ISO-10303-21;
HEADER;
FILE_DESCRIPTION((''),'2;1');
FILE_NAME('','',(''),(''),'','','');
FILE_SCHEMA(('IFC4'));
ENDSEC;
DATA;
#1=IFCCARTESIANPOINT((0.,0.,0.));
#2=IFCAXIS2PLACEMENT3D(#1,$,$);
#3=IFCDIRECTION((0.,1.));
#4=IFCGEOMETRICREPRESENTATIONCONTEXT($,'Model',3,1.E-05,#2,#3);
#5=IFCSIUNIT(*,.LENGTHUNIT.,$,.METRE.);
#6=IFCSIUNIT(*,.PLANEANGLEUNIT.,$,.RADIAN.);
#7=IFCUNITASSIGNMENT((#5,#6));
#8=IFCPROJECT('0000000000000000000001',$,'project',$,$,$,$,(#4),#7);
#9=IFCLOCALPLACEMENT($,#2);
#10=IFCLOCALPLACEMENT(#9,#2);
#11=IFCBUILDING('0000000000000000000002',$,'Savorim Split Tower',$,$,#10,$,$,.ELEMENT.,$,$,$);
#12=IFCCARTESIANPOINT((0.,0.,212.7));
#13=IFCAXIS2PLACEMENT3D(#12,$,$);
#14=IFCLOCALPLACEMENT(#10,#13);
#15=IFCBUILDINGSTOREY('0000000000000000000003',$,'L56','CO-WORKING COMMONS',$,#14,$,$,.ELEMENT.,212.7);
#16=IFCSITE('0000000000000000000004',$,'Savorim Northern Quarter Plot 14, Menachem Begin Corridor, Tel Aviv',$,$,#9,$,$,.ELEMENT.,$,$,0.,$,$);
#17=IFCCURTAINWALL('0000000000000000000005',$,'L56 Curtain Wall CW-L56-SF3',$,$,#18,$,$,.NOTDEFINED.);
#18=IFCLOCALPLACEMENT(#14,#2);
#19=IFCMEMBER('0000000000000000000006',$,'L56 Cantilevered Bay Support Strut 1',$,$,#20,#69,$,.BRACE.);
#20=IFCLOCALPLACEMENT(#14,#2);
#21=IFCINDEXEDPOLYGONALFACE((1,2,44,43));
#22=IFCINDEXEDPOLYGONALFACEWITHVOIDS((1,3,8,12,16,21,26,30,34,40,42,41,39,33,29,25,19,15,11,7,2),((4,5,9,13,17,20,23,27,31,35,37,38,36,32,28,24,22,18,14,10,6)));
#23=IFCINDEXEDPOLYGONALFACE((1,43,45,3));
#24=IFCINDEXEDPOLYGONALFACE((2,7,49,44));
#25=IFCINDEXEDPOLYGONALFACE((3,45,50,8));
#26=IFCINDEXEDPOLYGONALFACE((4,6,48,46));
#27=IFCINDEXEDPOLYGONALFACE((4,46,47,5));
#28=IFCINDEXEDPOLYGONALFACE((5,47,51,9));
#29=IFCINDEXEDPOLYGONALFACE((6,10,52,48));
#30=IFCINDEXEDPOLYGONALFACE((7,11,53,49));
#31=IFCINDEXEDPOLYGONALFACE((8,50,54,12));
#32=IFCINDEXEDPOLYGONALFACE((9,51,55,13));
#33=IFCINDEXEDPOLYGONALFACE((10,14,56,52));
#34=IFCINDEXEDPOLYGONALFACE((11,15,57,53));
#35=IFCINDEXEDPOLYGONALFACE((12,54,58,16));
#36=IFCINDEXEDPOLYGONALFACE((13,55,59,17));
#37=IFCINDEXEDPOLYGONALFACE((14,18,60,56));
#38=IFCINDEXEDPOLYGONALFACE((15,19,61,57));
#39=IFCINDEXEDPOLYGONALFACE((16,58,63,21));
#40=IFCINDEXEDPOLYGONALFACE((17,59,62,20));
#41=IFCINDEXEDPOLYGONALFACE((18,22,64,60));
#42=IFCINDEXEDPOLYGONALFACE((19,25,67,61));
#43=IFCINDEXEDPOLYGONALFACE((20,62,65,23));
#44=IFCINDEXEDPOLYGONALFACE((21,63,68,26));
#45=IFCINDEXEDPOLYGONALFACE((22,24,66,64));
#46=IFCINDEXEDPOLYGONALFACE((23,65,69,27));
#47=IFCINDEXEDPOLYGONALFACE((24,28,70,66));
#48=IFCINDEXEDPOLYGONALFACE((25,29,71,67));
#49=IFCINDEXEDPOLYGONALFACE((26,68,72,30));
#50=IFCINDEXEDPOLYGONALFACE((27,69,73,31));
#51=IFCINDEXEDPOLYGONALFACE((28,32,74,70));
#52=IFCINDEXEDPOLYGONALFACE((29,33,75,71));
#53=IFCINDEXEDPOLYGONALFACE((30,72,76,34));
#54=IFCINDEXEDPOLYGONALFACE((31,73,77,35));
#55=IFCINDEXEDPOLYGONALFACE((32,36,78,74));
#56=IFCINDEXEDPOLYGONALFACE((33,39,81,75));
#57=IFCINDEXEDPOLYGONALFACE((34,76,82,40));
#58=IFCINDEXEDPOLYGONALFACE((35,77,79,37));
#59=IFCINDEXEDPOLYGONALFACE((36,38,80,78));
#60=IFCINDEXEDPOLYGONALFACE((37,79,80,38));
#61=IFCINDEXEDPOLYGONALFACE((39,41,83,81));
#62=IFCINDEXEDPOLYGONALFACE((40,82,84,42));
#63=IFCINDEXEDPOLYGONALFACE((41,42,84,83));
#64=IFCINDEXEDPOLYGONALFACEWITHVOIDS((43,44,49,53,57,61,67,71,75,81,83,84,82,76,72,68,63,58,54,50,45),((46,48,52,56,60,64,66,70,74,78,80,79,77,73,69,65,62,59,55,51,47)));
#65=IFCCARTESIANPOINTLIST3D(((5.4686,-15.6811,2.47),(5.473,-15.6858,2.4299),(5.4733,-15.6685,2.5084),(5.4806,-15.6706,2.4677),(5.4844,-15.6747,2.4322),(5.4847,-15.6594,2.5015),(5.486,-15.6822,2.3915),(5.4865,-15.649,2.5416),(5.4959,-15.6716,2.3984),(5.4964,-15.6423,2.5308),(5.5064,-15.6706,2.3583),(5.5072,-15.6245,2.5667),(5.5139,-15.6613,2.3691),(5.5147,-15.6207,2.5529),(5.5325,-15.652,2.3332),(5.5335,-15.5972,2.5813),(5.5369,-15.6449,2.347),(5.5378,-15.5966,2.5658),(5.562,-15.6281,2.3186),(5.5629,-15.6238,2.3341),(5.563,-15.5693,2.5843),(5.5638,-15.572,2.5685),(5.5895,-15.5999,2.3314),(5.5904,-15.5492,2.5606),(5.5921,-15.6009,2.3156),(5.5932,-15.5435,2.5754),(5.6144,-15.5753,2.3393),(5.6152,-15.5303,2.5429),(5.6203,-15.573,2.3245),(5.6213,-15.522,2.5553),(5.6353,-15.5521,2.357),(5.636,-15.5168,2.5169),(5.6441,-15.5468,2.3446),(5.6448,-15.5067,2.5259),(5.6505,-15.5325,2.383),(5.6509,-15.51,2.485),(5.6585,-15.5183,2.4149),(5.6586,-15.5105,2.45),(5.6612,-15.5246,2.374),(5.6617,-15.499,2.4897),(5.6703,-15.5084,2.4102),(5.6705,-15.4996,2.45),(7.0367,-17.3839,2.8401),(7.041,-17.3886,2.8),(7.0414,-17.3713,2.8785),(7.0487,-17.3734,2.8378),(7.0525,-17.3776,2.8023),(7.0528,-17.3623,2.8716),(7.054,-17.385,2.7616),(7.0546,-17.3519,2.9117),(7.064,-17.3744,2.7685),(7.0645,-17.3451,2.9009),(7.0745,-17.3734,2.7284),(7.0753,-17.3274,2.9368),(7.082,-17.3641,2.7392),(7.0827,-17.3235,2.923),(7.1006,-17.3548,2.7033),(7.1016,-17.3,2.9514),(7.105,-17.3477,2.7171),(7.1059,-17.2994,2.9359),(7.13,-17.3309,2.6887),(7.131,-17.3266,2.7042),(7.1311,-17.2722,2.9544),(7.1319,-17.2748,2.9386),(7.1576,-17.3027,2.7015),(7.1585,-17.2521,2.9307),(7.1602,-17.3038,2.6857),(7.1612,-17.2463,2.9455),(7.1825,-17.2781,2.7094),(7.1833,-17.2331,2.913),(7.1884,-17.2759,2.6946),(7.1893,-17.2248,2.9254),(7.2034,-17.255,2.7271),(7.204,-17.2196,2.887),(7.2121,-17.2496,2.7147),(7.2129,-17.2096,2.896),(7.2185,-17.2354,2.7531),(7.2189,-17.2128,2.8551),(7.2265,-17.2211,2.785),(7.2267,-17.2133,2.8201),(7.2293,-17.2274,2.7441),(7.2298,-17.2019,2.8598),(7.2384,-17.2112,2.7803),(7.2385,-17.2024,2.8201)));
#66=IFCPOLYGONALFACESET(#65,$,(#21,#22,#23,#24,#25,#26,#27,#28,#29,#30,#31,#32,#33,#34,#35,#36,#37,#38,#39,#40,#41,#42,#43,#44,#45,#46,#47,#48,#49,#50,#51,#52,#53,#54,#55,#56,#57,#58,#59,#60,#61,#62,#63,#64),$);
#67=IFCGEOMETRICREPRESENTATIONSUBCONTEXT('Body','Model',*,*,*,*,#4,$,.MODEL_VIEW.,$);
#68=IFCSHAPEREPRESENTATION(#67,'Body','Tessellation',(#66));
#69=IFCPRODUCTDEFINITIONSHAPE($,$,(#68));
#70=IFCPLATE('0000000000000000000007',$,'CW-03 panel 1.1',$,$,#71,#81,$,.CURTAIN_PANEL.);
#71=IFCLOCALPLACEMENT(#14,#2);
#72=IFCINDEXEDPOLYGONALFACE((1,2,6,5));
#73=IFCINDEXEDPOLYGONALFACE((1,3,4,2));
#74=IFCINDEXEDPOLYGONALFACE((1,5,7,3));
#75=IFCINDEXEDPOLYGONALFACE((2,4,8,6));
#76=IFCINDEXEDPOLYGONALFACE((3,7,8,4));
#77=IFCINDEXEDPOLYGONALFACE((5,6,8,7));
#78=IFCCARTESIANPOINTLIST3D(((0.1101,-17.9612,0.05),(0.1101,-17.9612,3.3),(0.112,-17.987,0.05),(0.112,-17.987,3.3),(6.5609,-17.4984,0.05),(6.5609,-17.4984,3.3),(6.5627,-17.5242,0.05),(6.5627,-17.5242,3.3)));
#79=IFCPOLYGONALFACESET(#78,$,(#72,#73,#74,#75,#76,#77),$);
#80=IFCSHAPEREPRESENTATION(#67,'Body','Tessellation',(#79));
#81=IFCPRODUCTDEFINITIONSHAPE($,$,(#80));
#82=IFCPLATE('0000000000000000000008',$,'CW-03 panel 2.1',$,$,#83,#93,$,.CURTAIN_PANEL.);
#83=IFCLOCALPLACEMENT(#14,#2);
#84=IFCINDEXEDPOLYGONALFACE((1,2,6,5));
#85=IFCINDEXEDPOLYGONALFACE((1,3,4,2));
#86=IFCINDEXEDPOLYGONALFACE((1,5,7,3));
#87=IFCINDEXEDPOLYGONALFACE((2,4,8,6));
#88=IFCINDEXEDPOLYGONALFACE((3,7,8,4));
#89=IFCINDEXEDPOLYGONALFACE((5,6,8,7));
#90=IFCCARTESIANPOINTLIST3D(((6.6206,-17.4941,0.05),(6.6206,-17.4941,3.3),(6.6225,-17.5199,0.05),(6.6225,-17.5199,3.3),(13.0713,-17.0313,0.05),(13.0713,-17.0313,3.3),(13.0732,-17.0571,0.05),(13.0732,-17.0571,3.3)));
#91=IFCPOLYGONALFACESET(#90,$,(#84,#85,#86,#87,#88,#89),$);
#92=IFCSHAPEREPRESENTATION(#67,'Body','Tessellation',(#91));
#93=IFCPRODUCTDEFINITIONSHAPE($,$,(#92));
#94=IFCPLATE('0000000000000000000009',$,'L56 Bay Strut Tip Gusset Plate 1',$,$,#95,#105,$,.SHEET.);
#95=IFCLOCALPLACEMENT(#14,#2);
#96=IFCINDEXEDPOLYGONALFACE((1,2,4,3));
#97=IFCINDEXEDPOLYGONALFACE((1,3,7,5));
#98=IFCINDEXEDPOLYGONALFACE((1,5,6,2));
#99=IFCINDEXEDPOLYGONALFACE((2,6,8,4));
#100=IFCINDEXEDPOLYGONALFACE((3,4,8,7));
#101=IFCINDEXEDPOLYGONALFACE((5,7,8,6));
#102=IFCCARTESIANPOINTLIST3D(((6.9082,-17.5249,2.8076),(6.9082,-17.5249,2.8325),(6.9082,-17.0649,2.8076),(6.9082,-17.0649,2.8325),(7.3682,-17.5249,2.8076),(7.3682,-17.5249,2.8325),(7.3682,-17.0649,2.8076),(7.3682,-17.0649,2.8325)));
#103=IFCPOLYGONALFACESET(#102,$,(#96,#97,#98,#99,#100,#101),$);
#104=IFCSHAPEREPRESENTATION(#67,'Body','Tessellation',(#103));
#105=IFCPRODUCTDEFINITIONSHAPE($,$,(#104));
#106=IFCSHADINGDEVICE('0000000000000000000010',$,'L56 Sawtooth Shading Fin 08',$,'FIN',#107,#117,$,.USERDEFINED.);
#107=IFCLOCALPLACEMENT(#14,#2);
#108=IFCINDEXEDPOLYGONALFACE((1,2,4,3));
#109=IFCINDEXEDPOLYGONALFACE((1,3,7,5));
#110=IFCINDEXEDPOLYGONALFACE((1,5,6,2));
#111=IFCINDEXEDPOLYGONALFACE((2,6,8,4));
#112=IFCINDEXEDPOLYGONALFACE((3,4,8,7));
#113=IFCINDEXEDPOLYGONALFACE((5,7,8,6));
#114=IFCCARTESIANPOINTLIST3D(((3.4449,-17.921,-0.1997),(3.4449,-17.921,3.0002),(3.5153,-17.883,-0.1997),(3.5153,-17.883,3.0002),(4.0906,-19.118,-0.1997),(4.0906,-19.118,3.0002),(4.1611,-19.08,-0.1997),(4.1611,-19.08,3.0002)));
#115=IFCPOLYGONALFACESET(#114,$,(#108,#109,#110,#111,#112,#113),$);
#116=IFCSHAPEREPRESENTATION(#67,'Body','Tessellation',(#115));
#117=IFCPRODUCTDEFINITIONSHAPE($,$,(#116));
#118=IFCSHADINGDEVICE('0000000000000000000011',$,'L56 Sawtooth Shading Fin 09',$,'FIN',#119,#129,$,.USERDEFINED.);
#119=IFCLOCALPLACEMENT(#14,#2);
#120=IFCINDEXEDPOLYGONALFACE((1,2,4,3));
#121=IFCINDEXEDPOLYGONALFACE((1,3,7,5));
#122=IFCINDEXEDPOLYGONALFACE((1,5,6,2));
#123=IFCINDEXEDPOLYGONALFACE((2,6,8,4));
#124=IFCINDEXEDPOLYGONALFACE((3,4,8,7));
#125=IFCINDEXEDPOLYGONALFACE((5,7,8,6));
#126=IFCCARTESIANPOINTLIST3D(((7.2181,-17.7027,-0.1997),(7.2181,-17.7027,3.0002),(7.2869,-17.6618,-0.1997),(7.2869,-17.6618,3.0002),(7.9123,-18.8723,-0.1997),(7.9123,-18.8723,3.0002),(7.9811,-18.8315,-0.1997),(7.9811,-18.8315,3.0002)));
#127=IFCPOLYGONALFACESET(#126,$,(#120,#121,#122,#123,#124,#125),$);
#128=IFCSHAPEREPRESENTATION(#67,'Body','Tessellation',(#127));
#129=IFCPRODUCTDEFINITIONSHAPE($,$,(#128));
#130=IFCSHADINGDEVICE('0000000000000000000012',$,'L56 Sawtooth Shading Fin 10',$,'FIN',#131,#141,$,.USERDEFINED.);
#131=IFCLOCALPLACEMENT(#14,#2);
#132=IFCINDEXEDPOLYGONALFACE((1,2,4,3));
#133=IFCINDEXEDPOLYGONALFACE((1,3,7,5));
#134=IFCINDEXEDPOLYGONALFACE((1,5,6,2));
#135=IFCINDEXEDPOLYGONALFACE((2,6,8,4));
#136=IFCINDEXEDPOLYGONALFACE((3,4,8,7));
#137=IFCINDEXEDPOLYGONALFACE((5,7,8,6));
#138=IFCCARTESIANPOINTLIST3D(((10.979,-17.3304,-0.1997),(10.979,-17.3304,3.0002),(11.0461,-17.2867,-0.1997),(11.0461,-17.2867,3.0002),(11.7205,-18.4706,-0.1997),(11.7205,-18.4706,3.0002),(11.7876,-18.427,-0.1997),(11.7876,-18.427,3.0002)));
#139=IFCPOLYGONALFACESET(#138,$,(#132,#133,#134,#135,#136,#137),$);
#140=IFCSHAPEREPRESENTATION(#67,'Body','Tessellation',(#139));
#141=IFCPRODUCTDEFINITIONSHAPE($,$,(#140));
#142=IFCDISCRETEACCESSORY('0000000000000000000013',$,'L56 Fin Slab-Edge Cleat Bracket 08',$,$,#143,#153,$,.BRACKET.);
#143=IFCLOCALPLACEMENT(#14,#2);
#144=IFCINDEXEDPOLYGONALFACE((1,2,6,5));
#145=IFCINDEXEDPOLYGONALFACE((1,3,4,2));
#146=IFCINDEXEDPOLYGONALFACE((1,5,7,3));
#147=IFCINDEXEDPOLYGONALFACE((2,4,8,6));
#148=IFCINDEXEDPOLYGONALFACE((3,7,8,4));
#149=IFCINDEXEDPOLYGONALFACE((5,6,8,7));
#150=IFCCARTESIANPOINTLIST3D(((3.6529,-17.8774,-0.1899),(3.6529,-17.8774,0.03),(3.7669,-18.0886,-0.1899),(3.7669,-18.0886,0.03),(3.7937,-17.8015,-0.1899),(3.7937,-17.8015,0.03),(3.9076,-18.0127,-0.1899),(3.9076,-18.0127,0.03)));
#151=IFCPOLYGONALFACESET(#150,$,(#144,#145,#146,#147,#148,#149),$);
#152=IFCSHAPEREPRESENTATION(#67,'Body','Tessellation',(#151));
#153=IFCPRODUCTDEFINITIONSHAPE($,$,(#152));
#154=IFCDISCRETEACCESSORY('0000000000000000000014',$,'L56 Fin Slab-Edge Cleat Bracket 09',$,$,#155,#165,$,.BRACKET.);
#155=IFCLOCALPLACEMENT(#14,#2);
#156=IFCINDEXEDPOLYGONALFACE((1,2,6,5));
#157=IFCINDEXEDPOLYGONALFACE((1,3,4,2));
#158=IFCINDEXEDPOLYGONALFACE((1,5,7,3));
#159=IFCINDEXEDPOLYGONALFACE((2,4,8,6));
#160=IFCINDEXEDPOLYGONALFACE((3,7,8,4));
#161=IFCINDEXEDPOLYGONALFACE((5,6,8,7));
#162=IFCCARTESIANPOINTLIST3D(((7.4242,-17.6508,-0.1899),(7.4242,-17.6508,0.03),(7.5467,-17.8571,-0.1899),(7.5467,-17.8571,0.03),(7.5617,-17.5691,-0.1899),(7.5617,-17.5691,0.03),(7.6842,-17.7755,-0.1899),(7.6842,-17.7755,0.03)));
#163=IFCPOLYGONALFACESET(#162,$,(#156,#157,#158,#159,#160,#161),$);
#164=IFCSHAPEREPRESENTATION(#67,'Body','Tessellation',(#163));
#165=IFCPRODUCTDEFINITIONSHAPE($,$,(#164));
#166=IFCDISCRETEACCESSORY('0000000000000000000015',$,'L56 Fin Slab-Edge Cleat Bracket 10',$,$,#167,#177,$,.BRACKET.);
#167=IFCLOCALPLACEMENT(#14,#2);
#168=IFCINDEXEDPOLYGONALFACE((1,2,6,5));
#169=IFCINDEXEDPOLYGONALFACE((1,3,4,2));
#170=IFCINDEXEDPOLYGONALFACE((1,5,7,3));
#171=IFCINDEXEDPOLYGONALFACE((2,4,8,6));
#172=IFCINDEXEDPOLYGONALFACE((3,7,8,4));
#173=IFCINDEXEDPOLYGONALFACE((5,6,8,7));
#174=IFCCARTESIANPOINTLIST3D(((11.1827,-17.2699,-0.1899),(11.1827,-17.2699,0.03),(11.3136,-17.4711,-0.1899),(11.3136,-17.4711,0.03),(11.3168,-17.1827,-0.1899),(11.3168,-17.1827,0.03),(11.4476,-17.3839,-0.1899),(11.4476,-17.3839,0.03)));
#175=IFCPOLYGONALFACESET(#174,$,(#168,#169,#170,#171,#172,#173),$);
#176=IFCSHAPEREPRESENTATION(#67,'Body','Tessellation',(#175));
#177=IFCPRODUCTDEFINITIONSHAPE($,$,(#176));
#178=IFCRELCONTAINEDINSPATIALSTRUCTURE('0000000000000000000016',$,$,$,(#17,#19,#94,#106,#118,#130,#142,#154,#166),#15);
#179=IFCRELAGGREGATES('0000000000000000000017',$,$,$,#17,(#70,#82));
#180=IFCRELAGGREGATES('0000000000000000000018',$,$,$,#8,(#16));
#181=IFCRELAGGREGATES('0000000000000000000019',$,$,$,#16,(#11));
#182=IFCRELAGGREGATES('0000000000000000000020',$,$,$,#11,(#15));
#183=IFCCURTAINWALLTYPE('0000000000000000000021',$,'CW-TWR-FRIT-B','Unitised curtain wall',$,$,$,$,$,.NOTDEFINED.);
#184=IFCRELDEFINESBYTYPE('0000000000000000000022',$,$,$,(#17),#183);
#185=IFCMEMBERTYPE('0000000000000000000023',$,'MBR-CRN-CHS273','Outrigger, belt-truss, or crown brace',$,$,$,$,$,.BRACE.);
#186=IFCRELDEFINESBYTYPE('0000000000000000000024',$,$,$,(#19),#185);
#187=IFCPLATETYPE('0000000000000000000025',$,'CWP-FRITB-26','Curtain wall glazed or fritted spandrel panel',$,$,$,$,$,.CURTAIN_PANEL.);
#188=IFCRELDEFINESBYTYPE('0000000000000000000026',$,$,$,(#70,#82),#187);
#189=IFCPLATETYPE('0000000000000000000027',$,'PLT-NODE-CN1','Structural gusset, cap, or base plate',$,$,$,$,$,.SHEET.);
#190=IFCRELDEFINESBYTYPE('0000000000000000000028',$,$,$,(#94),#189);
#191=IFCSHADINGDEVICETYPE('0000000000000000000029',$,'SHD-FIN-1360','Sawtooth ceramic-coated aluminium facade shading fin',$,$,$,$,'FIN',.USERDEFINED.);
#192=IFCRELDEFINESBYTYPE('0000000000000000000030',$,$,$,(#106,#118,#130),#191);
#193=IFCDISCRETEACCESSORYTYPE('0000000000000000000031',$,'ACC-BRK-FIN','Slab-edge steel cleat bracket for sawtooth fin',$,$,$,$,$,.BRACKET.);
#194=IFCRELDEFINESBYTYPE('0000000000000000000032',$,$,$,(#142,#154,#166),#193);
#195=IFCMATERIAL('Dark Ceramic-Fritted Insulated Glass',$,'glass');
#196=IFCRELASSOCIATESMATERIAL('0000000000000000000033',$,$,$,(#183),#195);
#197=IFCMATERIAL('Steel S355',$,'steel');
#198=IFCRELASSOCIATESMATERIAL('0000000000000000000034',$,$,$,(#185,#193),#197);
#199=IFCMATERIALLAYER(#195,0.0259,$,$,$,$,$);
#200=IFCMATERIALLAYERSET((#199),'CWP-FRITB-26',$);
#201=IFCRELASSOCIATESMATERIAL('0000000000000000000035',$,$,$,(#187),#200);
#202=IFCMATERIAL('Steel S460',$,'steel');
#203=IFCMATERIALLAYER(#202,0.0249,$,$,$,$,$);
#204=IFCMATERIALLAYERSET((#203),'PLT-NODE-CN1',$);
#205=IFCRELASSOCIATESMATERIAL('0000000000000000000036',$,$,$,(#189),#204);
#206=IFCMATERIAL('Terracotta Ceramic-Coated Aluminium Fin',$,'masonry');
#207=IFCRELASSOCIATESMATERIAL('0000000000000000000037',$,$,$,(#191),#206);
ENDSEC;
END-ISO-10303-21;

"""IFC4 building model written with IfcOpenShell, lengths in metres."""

from ifc_helpers import new_model, si_unit, direction, frame, origin, origin_2d, place, context, subcontext, project, spatial, rectangle, hollow_circle, extrude, material, layer, layer_set, material_profile, profile_set, type_object, element, aggregate, save


model = new_model("IFC4")

# Units and contexts
model_context = context("Model", 3, precision=1e-05, world=origin(), true_north=direction((0.0, 1.0)))
body_context = subcontext(model_context, "Body", "Model", "MODEL_VIEW")
ifc_project = project(units=[si_unit("LENGTHUNIT", "METRE"), si_unit("PLANEANGLEUNIT", "RADIAN")], contexts=[model_context])

# Site, building, storey
site_placement = place(None, origin())
site = spatial("IfcSite", under=ifc_project, at=site_placement, Name="Savorim Northern Quarter Plot 14, Menachem Begin Corridor, Tel Aviv", CompositionType="ELEMENT", RefElevation=0.0)
building_placement = place(site_placement, origin())
building = spatial("IfcBuilding", under=site, at=building_placement, Name="Savorim Split Tower", CompositionType="ELEMENT")
storey_placement = place(building_placement, frame((0.0, 0.0, 212.7)))
storey = spatial("IfcBuildingStorey", under=building, at=storey_placement, Name="L56", Description="CO-WORKING COMMONS", CompositionType="ELEMENT", Elevation=212.7)

# Shared definitions
ifc_material_1 = material(Name="Steel S355", Category="steel")

# Curtain wall
ifc_material_2 = material(Name="Dark Ceramic-Fritted Insulated Glass", Category="glass")
curtain_wall_type = type_object("IfcCurtainWallType", Name="CW-TWR-FRIT-B", Description="Unitised curtain wall", PredefinedType="NOTDEFINED", material=ifc_material_2)
curtain_wall_placement = place(storey_placement, origin())
curtain_wall = element("IfcCurtainWall", 1, at=curtain_wall_placement, inside=storey, type_object=curtain_wall_type, Name="L56 Curtain Wall CW-L56-SF3", PredefinedType="NOTDEFINED")

# Member
ifc_material_profile_1 = material_profile(ifc_material_1, hollow_circle(Radius=0.1365, WallThickness=0.0161, at=origin_2d()), Name="CHS 273x16")
ifc_profile_set_1 = profile_set([ifc_material_profile_1], Name="Steel S355")
member_type_1 = type_object("IfcMemberType", Name="MBR-CRN-CHS273", Description="Outrigger, belt-truss, or crown brace", PredefinedType="BRACE", material=ifc_profile_set_1)
member_1_placement = place(storey_placement, frame((5.5701, -15.592, 2.45), z_axis=(0.668904, -0.72639, 0.157879), x_axis=(0.735616, 0.677399, 0.0)))
element("IfcMember", 2, at=member_1_placement, inside=storey, type_object=member_type_1, Name="L56 Cantilevered Bay Support Strut 1", PredefinedType="BRACE", context=body_context, shape_type="SweptSolid", body=[
    extrude(hollow_circle(Radius=0.1365, WallThickness=0.0161, at=origin_2d()), origin(), (0.0, 0.0, 1.0), 2.3442),
])

# Plates
ifc_layer_1 = layer(ifc_material_2, 0.0259)
ifc_layer_set_1 = layer_set([ifc_layer_1], Name="CWP-FRITB-26")
plate_type_1 = type_object("IfcPlateType", Name="CWP-FRITB-26", Description="Curtain wall glazed or fritted spandrel panel", PredefinedType="CURTAIN_PANEL", material=ifc_layer_set_1)
plate_1_placement = place(storey_placement, frame((3.3364, -17.7427, 0.05), z_axis=(0.0, 0.0, 1.0), x_axis=(0.997436, 0.071562, 0.0)))
plate_1 = element("IfcPlate", 3, at=plate_1_placement, type_object=plate_type_1, Name="CW-03 panel 1.1", PredefinedType="CURTAIN_PANEL", context=body_context, shape_type="SweptSolid", body=[
    extrude(rectangle(XDim=6.4673, YDim=0.0259, at=origin_2d()), origin(), (0.0, 0.0, 1.0), 3.25),
])
plate_2_placement = place(storey_placement, frame((9.8469, -17.2756, 0.05), z_axis=(0.0, 0.0, 1.0), x_axis=(0.997436, 0.071562, 0.0)))
plate_2 = element("IfcPlate", 4, at=plate_2_placement, type_object=plate_type_1, Name="CW-03 panel 2.1", PredefinedType="CURTAIN_PANEL", context=body_context, shape_type="SweptSolid", body=[
    extrude(rectangle(XDim=6.4673, YDim=0.0259, at=origin_2d()), origin(), (0.0, 0.0, 1.0), 3.25),
])
aggregate(curtain_wall, [plate_1, plate_2])
ifc_material_3 = material(Name="Steel S460", Category="steel")
ifc_layer_2 = layer(ifc_material_3, 0.0249)
ifc_layer_set_2 = layer_set([ifc_layer_2], Name="PLT-NODE-CN1")
plate_type_2 = type_object("IfcPlateType", Name="PLT-NODE-CN1", Description="Structural gusset, cap, or base plate", PredefinedType="SHEET", material=ifc_layer_set_2)
plate_3_placement = place(storey_placement, frame((7.1382, -17.2949, 2.8076), z_axis=(0.0, 0.0, 1.0), x_axis=(1.0, 0.0, 0.0)))
element("IfcPlate", 5, at=plate_3_placement, inside=storey, type_object=plate_type_2, Name="L56 Bay Strut Tip Gusset Plate 1", PredefinedType="SHEET", context=body_context, shape_type="SweptSolid", body=[
    extrude(rectangle(XDim=0.46, YDim=0.46, at=origin_2d()), origin(), (0.0, 0.0, 1.0), 0.0249),
])

# Shading devices
ifc_material_4 = material(Name="Terracotta Ceramic-Coated Aluminium Fin", Category="masonry")
shading_device_type = type_object("IfcShadingDeviceType", Name="SHD-FIN-1360", Description="Sawtooth ceramic-coated aluminium facade shading fin", ElementType="FIN", PredefinedType="USERDEFINED", material=ifc_material_4)
for number, where, z_axis, x_axis, name in (
    (6, (3.803, -18.5005, -0.1997), (0.0, 0.0, 1.0), (0.474778, -0.880106, 0.0), "L56 Sawtooth Shading Fin 08"),
    (7, (7.5996, -18.2671, -0.1997), (0.0, 0.0, 1.0), (0.510391, -0.859942, 0.0), "L56 Sawtooth Shading Fin 09"),
    (8, (11.3833, -17.8787, -0.1997), (0.0, 0.0, 1.0), (0.545148, -0.83834, 0.0), "L56 Sawtooth Shading Fin 10"),
):
    element("IfcShadingDevice", number, at=place(storey_placement, frame(where, z_axis=z_axis, x_axis=x_axis)), inside=storey, type_object=shading_device_type, Name=name, ObjectType="FIN", PredefinedType="USERDEFINED", context=body_context, shape_type="SweptSolid", body=[
        extrude(rectangle(XDim=1.3601, YDim=0.0801, at=origin_2d()), origin(), (0.0, 0.0, 1.0), 3.2),
    ])

# Discrete accessories
discrete_accessory_type = type_object("IfcDiscreteAccessoryType", Name="ACC-BRK-FIN", Description="Slab-edge steel cleat bracket for sawtooth fin", PredefinedType="BRACKET", material=ifc_material_1)
for number, where, z_axis, x_axis, name in (
    (9, (3.7803, -17.9451, -0.1899), (0.0, 0.0, 1.0), (0.474778, -0.880106, 0.0), "L56 Fin Slab-Edge Cleat Bracket 08"),
    (10, (7.5542, -17.7131, -0.1899), (0.0, 0.0, 1.0), (0.510391, -0.859942, 0.0), "L56 Fin Slab-Edge Cleat Bracket 09"),
    (11, (11.3152, -17.3269, -0.1899), (0.0, 0.0, 1.0), (0.545148, -0.83834, 0.0), "L56 Fin Slab-Edge Cleat Bracket 10"),
):
    element("IfcDiscreteAccessory", number, at=place(storey_placement, frame(where, z_axis=z_axis, x_axis=x_axis)), inside=storey, type_object=discrete_accessory_type, Name=name, PredefinedType="BRACKET", context=body_context, shape_type="SweptSolid", body=[
        extrude(rectangle(XDim=0.24, YDim=0.1599, at=origin_2d()), origin(), (0.0, 0.0, 1.0), 0.22),
    ])

save(model, "model.ifc")
